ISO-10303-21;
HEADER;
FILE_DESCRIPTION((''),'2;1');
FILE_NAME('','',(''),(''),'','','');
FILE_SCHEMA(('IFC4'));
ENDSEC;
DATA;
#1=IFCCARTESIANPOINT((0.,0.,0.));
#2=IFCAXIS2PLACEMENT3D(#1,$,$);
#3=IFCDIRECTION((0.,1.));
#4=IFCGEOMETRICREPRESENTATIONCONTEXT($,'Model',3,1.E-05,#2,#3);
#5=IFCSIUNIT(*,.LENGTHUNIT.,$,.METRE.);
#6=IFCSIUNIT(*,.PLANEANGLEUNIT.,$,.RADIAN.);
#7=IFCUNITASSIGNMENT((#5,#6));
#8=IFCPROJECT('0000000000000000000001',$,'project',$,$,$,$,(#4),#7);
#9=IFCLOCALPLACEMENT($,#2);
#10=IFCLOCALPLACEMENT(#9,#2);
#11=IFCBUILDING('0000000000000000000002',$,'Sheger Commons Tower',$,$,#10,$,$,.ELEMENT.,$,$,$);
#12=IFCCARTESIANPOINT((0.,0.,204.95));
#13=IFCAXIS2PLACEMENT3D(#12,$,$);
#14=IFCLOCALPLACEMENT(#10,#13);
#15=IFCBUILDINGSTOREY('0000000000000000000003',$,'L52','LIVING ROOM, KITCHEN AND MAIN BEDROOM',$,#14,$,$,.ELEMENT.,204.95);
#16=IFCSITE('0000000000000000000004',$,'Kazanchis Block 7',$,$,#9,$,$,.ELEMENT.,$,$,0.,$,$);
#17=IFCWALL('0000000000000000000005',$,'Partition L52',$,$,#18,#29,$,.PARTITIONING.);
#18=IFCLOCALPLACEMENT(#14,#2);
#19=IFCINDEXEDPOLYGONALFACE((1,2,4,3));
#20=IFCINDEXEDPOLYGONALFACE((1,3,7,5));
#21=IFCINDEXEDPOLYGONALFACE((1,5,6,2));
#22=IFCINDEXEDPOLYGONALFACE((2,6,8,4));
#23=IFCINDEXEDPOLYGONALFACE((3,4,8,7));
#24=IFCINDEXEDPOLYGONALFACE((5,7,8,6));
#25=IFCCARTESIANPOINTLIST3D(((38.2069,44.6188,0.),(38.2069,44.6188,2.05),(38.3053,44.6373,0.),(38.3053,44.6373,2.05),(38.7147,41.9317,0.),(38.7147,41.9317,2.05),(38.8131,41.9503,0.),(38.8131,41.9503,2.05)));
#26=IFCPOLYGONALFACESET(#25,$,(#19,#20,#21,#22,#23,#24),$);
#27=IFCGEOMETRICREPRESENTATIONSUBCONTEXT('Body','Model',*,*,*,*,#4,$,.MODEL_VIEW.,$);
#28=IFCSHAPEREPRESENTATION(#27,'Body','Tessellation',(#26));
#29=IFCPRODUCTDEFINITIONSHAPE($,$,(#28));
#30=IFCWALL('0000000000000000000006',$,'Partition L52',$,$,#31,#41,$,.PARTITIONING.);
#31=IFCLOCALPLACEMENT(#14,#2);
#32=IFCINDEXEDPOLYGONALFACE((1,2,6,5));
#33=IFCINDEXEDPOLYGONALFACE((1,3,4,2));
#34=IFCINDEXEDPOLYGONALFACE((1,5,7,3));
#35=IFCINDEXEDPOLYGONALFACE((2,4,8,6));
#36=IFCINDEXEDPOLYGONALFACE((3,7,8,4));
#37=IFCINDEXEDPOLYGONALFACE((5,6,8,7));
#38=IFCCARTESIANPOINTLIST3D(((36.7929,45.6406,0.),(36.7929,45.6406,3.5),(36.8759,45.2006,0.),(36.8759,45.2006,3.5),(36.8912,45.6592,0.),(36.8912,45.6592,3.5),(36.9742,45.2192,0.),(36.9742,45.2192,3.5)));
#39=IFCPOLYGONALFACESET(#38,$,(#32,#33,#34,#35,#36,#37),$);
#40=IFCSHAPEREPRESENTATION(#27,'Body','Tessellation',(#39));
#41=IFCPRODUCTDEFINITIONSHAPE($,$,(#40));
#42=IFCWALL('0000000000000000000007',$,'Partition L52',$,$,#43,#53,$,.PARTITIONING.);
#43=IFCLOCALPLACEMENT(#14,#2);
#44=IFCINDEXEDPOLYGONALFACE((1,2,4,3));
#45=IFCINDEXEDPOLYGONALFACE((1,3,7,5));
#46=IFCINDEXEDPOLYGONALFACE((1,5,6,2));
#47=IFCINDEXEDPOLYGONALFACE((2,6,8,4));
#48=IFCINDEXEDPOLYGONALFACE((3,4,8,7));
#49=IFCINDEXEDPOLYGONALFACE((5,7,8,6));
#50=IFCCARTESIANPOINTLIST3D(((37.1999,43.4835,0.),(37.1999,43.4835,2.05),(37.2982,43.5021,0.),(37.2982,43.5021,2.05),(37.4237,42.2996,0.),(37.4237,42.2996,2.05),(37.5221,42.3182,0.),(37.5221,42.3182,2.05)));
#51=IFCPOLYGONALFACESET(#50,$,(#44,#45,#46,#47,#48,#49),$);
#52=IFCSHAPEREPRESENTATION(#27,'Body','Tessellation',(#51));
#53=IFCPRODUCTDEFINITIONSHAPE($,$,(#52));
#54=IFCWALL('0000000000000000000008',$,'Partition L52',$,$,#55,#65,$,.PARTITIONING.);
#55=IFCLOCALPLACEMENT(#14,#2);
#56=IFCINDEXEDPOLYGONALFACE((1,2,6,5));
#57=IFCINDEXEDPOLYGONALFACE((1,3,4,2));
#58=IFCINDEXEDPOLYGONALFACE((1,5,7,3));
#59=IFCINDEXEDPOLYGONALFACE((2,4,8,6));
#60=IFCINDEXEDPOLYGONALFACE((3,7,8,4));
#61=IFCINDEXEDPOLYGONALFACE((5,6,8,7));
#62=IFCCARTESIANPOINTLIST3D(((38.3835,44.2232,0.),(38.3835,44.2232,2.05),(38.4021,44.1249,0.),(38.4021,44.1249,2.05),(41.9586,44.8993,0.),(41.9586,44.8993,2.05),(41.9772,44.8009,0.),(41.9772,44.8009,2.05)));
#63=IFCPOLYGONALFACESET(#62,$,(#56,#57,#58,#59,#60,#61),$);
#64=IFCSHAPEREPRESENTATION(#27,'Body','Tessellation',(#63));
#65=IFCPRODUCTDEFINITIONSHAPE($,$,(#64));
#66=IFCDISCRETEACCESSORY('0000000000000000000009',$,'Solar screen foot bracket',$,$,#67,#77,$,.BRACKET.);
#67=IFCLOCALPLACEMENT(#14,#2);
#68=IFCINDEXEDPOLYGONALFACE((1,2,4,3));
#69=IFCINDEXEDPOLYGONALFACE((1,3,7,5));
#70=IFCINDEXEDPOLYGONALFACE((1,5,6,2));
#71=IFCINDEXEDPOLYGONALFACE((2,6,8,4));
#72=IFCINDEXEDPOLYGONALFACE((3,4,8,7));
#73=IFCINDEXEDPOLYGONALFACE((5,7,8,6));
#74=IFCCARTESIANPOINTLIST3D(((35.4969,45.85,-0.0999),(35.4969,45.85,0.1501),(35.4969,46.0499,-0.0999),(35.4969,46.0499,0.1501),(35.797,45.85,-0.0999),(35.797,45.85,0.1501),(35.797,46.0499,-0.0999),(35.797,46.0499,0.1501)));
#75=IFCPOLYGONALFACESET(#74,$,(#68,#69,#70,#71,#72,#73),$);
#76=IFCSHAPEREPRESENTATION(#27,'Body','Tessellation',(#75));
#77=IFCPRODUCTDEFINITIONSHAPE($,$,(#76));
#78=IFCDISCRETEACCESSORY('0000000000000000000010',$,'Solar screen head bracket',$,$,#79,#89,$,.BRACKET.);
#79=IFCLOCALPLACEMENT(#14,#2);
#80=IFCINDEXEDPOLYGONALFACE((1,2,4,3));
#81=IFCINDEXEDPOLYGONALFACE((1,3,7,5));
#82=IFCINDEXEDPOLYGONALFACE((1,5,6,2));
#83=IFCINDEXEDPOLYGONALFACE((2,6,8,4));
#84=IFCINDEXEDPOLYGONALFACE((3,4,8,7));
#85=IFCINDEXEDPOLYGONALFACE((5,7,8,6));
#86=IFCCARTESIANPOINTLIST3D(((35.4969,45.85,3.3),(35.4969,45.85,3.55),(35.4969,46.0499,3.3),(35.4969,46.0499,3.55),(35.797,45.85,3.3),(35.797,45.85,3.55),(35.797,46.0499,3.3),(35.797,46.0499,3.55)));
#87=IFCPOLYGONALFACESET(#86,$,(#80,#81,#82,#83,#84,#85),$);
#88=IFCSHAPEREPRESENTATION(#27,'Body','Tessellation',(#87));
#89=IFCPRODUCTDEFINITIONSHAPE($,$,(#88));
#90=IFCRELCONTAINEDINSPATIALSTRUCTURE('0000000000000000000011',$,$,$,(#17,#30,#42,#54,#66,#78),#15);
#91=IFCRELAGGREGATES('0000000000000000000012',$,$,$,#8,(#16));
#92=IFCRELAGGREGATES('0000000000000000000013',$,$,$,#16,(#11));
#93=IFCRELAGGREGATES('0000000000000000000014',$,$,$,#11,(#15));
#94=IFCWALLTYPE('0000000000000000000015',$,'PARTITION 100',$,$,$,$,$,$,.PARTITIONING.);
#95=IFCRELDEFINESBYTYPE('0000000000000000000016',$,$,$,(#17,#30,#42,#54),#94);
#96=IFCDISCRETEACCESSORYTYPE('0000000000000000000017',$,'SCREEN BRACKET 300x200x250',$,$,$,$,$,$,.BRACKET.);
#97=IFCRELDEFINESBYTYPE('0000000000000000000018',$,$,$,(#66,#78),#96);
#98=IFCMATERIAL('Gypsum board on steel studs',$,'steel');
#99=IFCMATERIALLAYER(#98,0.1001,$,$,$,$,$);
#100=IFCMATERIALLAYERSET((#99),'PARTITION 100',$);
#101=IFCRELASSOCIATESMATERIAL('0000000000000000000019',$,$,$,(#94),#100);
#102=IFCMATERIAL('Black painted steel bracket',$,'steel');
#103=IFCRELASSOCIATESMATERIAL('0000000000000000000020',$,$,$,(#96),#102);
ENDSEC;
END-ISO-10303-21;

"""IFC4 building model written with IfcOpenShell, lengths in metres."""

from ifc_helpers import new_model, si_unit, direction, frame, frame_2d, origin, origin_2d, place, context, subcontext, project, spatial, rectangle, extrude, material, layer, layer_set, type_object, element, save


model = new_model("IFC4")

# Units and contexts
model_context = context("Model", 3, precision=1e-05, world=origin(), true_north=direction((0.0, 1.0)))
body_context = subcontext(model_context, "Body", "Model", "MODEL_VIEW")
ifc_project = project(units=[si_unit("LENGTHUNIT", "METRE"), si_unit("PLANEANGLEUNIT", "RADIAN")], contexts=[model_context])

# Site, building, storey
site_placement = place(None, origin())
site = spatial("IfcSite", under=ifc_project, at=site_placement, Name="Kazanchis Block 7", CompositionType="ELEMENT", RefElevation=0.0)
building_placement = place(site_placement, origin())
building = spatial("IfcBuilding", under=site, at=building_placement, Name="Sheger Commons Tower", CompositionType="ELEMENT")
storey_placement = place(building_placement, frame((0.0, 0.0, 204.95)))
storey = spatial("IfcBuildingStorey", under=building, at=storey_placement, Name="L52", Description="LIVING ROOM, KITCHEN AND MAIN BEDROOM", CompositionType="ELEMENT", Elevation=204.95)

# Walls
ifc_material_1 = material(Name="Gypsum board on steel studs", Category="steel")
ifc_layer_1 = layer(ifc_material_1, 0.1001)
ifc_layer_set_1 = layer_set([ifc_layer_1], Name="PARTITION 100")
wall_type_1 = type_object("IfcWallType", Name="PARTITION 100", PredefinedType="PARTITIONING", material=ifc_layer_set_1)
wall_1_placement = place(storey_placement, frame((38.2561, 44.6279, 0.0), z_axis=(0.0, 0.0, 1.0), x_axis=(0.185701, -0.982606, 0.0)))
element("IfcWall", 1, at=wall_1_placement, inside=storey, type_object=wall_type_1, Name="Partition L52", PredefinedType="PARTITIONING", context=body_context, shape_type="SweptSolid", body=[
    extrude(rectangle(XDim=2.7346, YDim=0.1001, at=frame_2d((1.3672, 0.0))), origin(), (0.0, 0.0, 1.0), 2.05),
])
wall_2_placement = place(storey_placement, frame((36.842, 45.6499, 0.0), z_axis=(0.0, 0.0, 1.0), x_axis=(0.185408, -0.982662, 0.0)))
element("IfcWall", 2, at=wall_2_placement, inside=storey, type_object=wall_type_1, Name="Partition L52", PredefinedType="PARTITIONING", context=body_context, shape_type="SweptSolid", body=[
    extrude(rectangle(XDim=0.4478, YDim=0.1001, at=frame_2d((0.2239, 0.0))), origin(), (0.0, 0.0, 1.0), 3.5),
])
wall_3_placement = place(storey_placement, frame((37.249, 43.4929, 0.0), z_axis=(0.0, 0.0, 1.0), x_axis=(0.185818, -0.982584, 0.0)))
element("IfcWall", 3, at=wall_3_placement, inside=storey, type_object=wall_type_1, Name="Partition L52", PredefinedType="PARTITIONING", context=body_context, shape_type="SweptSolid", body=[
    extrude(rectangle(XDim=1.2048, YDim=0.1001, at=frame_2d((0.6025, 0.0))), origin(), (0.0, 0.0, 1.0), 2.05),
])
wall_4_placement = place(storey_placement, frame((41.968, 44.8501, 0.0), z_axis=(0.0, 0.0, 1.0), x_axis=(-0.982586, -0.185808, 0.0)))
element("IfcWall", 4, at=wall_4_placement, inside=storey, type_object=wall_type_1, Name="Partition L52", PredefinedType="PARTITIONING", context=body_context, shape_type="SweptSolid", body=[
    extrude(rectangle(XDim=3.6384, YDim=0.1001, at=frame_2d((1.8193, 0.0))), origin(), (0.0, 0.0, 1.0), 2.05),
])

# Discrete accessories
ifc_material_2 = material(Name="Black painted steel bracket", Category="steel")
discrete_accessory_type = type_object("IfcDiscreteAccessoryType", Name="SCREEN BRACKET 300x200x250", PredefinedType="BRACKET", material=ifc_material_2)
for number, where, z_axis, x_axis, name in (
    (5, (35.647, 45.95, -0.0999), (0.0, 0.0, 1.0), (-1.0, 0.0, 0.0), "Solar screen foot bracket"),
    (6, (35.647, 45.95, 3.3), (0.0, 0.0, 1.0), (-1.0, 0.0, 0.0), "Solar screen head bracket"),
):
    element("IfcDiscreteAccessory", number, at=place(storey_placement, frame(where, z_axis=z_axis, x_axis=x_axis)), inside=storey, type_object=discrete_accessory_type, Name=name, PredefinedType="BRACKET", context=body_context, shape_type="SweptSolid", body=[
        extrude(rectangle(XDim=0.3, YDim=0.2, at=origin_2d()), origin(), (0.0, 0.0, 1.0), 0.25),
    ])

save(model, "model.ifc")
